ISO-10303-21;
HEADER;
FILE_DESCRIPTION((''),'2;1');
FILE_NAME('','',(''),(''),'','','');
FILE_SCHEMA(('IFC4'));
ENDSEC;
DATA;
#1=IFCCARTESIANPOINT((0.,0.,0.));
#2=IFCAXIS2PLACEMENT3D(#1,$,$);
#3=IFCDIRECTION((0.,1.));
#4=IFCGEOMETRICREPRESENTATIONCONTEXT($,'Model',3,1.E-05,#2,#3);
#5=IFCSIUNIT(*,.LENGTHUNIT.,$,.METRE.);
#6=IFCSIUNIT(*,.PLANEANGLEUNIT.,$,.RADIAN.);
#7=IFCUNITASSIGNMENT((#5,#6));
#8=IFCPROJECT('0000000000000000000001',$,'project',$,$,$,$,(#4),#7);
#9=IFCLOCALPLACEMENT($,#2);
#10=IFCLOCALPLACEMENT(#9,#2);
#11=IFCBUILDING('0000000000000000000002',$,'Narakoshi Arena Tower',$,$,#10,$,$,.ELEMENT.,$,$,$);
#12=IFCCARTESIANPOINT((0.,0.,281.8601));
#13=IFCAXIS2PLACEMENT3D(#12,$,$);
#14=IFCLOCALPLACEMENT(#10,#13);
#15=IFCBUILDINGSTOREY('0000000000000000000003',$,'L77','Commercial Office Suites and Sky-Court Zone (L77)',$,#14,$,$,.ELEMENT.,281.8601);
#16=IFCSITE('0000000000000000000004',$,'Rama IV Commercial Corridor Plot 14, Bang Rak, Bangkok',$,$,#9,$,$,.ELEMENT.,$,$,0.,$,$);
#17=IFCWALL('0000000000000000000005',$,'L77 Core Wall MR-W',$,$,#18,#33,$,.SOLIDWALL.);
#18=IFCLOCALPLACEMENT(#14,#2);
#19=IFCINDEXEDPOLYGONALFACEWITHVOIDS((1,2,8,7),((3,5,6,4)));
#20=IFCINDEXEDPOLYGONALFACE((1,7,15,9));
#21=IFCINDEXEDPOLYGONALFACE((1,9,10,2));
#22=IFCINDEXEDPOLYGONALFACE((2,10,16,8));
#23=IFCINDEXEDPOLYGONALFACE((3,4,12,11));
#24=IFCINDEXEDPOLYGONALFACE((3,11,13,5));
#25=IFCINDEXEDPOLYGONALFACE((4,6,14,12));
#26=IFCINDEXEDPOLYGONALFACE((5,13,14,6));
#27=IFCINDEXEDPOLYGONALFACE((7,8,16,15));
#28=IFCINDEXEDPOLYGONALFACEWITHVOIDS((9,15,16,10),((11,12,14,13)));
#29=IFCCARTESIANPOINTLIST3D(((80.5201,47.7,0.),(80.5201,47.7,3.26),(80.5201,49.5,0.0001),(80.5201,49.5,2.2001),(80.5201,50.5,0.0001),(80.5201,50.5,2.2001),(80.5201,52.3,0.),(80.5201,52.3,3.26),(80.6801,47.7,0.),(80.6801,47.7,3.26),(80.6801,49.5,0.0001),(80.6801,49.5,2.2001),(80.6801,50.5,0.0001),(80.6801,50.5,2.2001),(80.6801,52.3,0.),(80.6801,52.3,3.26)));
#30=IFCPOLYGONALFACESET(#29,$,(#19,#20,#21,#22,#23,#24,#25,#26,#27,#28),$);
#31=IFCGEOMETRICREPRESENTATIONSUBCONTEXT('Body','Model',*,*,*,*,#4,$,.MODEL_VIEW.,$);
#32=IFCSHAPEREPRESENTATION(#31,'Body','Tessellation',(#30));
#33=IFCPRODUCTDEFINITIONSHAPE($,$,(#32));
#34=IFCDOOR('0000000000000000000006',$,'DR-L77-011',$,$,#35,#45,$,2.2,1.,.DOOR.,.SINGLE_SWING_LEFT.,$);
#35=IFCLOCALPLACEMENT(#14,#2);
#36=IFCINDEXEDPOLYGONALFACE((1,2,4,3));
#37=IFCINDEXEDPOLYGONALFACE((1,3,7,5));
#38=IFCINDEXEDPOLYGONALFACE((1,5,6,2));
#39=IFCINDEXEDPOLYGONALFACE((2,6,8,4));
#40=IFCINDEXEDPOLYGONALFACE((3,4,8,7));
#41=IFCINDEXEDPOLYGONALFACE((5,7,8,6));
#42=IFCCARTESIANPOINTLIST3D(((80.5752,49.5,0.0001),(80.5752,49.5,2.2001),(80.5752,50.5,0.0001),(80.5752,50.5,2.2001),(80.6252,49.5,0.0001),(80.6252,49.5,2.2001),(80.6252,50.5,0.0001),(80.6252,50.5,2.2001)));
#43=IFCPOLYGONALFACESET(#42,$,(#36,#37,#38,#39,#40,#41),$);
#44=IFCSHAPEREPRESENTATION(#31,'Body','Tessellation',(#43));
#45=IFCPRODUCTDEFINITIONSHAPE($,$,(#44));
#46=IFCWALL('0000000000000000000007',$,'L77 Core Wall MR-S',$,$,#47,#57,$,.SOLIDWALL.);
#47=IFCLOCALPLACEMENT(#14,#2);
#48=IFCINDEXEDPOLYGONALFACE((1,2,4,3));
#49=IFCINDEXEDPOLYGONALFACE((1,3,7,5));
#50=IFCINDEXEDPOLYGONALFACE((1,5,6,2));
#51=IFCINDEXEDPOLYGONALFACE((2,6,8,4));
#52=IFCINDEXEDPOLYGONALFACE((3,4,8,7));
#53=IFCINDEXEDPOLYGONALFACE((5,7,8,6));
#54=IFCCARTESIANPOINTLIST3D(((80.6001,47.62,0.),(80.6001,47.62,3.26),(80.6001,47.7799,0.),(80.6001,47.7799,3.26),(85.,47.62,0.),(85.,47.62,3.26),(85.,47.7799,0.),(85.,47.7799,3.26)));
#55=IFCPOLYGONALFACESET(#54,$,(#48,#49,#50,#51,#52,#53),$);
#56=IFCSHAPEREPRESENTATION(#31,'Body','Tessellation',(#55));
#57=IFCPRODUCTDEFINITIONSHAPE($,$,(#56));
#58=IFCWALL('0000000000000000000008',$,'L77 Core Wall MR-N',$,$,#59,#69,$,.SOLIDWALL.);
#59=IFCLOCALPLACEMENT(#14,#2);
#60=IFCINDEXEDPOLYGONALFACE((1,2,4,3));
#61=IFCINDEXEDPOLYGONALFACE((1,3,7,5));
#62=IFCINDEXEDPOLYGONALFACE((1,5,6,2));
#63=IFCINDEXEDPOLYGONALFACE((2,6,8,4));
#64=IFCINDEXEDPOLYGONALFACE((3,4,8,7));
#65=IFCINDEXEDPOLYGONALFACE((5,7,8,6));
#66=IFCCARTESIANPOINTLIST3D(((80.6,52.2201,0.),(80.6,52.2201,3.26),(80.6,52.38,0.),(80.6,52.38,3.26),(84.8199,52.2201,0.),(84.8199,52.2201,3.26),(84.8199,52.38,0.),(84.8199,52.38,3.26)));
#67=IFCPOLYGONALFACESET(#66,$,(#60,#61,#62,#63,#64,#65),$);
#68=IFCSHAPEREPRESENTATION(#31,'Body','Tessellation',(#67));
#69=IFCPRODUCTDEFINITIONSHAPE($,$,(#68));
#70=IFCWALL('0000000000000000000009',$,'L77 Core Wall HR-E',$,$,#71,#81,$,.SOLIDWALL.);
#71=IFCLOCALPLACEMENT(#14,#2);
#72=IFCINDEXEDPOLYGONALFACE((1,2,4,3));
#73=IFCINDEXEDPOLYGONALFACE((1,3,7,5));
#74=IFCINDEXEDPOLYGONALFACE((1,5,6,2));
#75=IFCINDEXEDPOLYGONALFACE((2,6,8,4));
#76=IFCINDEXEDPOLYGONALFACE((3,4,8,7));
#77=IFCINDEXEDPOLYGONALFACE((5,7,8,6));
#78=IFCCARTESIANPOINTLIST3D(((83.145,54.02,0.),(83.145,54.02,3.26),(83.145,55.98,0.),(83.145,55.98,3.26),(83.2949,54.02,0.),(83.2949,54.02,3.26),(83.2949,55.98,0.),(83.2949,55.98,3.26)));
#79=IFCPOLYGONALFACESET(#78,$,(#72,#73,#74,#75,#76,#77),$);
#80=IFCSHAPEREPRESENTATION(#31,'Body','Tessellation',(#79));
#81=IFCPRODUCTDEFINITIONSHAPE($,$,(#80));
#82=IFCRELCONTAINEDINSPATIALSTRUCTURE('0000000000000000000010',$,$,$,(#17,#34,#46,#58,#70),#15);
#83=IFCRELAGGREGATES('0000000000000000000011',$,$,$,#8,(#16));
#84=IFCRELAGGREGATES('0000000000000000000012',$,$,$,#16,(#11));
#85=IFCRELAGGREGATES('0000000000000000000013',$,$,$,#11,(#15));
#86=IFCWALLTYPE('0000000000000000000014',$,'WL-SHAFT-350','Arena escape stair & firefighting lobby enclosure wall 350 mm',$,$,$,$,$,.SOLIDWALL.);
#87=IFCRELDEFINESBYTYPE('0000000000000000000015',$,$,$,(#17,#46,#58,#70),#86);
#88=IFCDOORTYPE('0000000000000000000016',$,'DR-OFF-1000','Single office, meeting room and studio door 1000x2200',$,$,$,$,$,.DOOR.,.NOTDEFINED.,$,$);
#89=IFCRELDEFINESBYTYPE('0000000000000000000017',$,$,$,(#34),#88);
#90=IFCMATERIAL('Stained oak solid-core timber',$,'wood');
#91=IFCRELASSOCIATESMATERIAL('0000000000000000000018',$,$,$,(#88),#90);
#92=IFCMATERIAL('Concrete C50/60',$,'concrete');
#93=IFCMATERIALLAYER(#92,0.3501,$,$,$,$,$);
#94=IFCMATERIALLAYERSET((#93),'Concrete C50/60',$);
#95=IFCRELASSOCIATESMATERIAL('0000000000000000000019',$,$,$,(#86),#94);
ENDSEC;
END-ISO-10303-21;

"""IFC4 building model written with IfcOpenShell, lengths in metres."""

from ifc_helpers import new_model, si_unit, direction, frame, frame_2d, origin, place, context, subcontext, project, spatial, rectangle, extrude, material, layer, layer_set, type_object, element, fill, save


model = new_model("IFC4")

# Units and contexts
model_context = context("Model", 3, precision=1e-05, world=origin(), true_north=direction((0.0, 1.0)))
body_context = subcontext(model_context, "Body", "Model", "MODEL_VIEW")
ifc_project = project(units=[si_unit("LENGTHUNIT", "METRE"), si_unit("PLANEANGLEUNIT", "RADIAN")], contexts=[model_context])

# Site, building, storey
site_placement = place(None, origin())
site = spatial("IfcSite", under=ifc_project, at=site_placement, Name="Rama IV Commercial Corridor Plot 14, Bang Rak, Bangkok", CompositionType="ELEMENT", RefElevation=0.0)
building_placement = place(site_placement, origin())
building = spatial("IfcBuilding", under=site, at=building_placement, Name="Narakoshi Arena Tower", CompositionType="ELEMENT")
storey_placement = place(building_placement, frame((0.0, 0.0, 281.8601)))
storey = spatial("IfcBuildingStorey", under=building, at=storey_placement, Name="L77", Description="Commercial Office Suites and Sky-Court Zone (L77)", CompositionType="ELEMENT", Elevation=281.8601)

# Shared definitions
ifc_material_1 = material(Name="Concrete C50/60", Category="concrete")

# Shared definitions
ifc_material_2 = material(Name="Stained oak solid-core timber", Category="wood")
door_type_1 = type_object("IfcDoorType", Name="DR-OFF-1000", Description="Single office, meeting room and studio door 1000x2200", OperationType="NOTDEFINED", PredefinedType="DOOR", material=ifc_material_2)

# Wall, opening, door
ifc_layer_1 = layer(ifc_material_1, 0.3501)
ifc_layer_set_1 = layer_set([ifc_layer_1], Name="Concrete C50/60")
wall_type_1 = type_object("IfcWallType", Name="WL-SHAFT-350", Description="Arena escape stair & firefighting lobby enclosure wall 350 mm", PredefinedType="SOLIDWALL", material=ifc_layer_set_1)
wall_1_placement = place(storey_placement, frame((80.6001, 47.7, 0.0), z_axis=(0.0, 0.0, 1.0), x_axis=(0.0, 1.0, 0.0)))
wall_1 = element("IfcWall", 1, at=wall_1_placement, inside=storey, type_object=wall_type_1, Name="L77 Core Wall MR-W", PredefinedType="SOLIDWALL", context=body_context, shape_type="SweptSolid", body=[
    extrude(rectangle(XDim=4.6001, YDim=0.1599, at=frame_2d((2.3, 0.0))), origin(), (0.0, 0.0, 1.0), 3.26),
])
opening_1_placement = place(wall_1_placement, frame((1.8, 0.0, 0.0)))
opening_1 = element("IfcOpeningElement", 2, at=opening_1_placement, cuts=wall_1, PredefinedType="OPENING", context=body_context, shape_type="SweptSolid", body=[
    extrude(rectangle(XDim=1.0, YDim=2.2, at=frame_2d((0.5, 1.1001))), frame((0.0, 0.0898, 0.0), z_axis=(0.0, -1.0, 0.0), x_axis=(1.0, 0.0, 0.0)), (0.0, 0.0, 1.0), 0.1799),
])
door_1_placement = place(opening_1_placement, origin())
door_1 = element("IfcDoor", 3, at=door_1_placement, inside=storey, type_object=door_type_1, Name="DR-L77-011", OperationType="SINGLE_SWING_LEFT", OverallHeight=2.2, OverallWidth=1.0, PredefinedType="DOOR", context=body_context, shape_type="SweptSolid", body=[
    extrude(rectangle(XDim=1.0, YDim=2.2, at=frame_2d((0.5, 1.1001))), frame((0.0, 0.0249, 0.0), z_axis=(0.0, -1.0, 0.0), x_axis=(1.0, 0.0, 0.0)), (0.0, 0.0, 1.0), 0.05),
])
fill(opening_1, door_1)

# Walls
wall_2_placement = place(storey_placement, frame((80.6001, 47.7, 0.0), z_axis=(0.0, 0.0, 1.0), x_axis=(1.0, 0.0, 0.0)))
element("IfcWall", 4, at=wall_2_placement, inside=storey, type_object=wall_type_1, Name="L77 Core Wall MR-S", PredefinedType="SOLIDWALL", context=body_context, shape_type="SweptSolid", body=[
    extrude(rectangle(XDim=4.3999, YDim=0.1599, at=frame_2d((2.2, 0.0))), origin(), (0.0, 0.0, 1.0), 3.26),
])
wall_3_placement = place(storey_placement, frame((80.6001, 52.3, 0.0), z_axis=(0.0, 0.0, 1.0), x_axis=(1.0, 0.0, 0.0)))
element("IfcWall", 5, at=wall_3_placement, inside=storey, type_object=wall_type_1, Name="L77 Core Wall MR-N", PredefinedType="SOLIDWALL", context=body_context, shape_type="SweptSolid", body=[
    extrude(rectangle(XDim=4.22, YDim=0.1599, at=frame_2d((2.1099, 0.0))), origin(), (0.0, 0.0, 1.0), 3.26),
])
wall_4_placement = place(storey_placement, frame((83.22, 54.02, 0.0), z_axis=(0.0, 0.0, 1.0), x_axis=(0.0, 1.0, 0.0)))
element("IfcWall", 6, at=wall_4_placement, inside=storey, type_object=wall_type_1, Name="L77 Core Wall HR-E", PredefinedType="SOLIDWALL", context=body_context, shape_type="SweptSolid", body=[
    extrude(rectangle(XDim=1.96, YDim=0.1499, at=frame_2d((0.98, 0.0))), origin(), (0.0, 0.0, 1.0), 3.26),
])

save(model, "model.ifc")
